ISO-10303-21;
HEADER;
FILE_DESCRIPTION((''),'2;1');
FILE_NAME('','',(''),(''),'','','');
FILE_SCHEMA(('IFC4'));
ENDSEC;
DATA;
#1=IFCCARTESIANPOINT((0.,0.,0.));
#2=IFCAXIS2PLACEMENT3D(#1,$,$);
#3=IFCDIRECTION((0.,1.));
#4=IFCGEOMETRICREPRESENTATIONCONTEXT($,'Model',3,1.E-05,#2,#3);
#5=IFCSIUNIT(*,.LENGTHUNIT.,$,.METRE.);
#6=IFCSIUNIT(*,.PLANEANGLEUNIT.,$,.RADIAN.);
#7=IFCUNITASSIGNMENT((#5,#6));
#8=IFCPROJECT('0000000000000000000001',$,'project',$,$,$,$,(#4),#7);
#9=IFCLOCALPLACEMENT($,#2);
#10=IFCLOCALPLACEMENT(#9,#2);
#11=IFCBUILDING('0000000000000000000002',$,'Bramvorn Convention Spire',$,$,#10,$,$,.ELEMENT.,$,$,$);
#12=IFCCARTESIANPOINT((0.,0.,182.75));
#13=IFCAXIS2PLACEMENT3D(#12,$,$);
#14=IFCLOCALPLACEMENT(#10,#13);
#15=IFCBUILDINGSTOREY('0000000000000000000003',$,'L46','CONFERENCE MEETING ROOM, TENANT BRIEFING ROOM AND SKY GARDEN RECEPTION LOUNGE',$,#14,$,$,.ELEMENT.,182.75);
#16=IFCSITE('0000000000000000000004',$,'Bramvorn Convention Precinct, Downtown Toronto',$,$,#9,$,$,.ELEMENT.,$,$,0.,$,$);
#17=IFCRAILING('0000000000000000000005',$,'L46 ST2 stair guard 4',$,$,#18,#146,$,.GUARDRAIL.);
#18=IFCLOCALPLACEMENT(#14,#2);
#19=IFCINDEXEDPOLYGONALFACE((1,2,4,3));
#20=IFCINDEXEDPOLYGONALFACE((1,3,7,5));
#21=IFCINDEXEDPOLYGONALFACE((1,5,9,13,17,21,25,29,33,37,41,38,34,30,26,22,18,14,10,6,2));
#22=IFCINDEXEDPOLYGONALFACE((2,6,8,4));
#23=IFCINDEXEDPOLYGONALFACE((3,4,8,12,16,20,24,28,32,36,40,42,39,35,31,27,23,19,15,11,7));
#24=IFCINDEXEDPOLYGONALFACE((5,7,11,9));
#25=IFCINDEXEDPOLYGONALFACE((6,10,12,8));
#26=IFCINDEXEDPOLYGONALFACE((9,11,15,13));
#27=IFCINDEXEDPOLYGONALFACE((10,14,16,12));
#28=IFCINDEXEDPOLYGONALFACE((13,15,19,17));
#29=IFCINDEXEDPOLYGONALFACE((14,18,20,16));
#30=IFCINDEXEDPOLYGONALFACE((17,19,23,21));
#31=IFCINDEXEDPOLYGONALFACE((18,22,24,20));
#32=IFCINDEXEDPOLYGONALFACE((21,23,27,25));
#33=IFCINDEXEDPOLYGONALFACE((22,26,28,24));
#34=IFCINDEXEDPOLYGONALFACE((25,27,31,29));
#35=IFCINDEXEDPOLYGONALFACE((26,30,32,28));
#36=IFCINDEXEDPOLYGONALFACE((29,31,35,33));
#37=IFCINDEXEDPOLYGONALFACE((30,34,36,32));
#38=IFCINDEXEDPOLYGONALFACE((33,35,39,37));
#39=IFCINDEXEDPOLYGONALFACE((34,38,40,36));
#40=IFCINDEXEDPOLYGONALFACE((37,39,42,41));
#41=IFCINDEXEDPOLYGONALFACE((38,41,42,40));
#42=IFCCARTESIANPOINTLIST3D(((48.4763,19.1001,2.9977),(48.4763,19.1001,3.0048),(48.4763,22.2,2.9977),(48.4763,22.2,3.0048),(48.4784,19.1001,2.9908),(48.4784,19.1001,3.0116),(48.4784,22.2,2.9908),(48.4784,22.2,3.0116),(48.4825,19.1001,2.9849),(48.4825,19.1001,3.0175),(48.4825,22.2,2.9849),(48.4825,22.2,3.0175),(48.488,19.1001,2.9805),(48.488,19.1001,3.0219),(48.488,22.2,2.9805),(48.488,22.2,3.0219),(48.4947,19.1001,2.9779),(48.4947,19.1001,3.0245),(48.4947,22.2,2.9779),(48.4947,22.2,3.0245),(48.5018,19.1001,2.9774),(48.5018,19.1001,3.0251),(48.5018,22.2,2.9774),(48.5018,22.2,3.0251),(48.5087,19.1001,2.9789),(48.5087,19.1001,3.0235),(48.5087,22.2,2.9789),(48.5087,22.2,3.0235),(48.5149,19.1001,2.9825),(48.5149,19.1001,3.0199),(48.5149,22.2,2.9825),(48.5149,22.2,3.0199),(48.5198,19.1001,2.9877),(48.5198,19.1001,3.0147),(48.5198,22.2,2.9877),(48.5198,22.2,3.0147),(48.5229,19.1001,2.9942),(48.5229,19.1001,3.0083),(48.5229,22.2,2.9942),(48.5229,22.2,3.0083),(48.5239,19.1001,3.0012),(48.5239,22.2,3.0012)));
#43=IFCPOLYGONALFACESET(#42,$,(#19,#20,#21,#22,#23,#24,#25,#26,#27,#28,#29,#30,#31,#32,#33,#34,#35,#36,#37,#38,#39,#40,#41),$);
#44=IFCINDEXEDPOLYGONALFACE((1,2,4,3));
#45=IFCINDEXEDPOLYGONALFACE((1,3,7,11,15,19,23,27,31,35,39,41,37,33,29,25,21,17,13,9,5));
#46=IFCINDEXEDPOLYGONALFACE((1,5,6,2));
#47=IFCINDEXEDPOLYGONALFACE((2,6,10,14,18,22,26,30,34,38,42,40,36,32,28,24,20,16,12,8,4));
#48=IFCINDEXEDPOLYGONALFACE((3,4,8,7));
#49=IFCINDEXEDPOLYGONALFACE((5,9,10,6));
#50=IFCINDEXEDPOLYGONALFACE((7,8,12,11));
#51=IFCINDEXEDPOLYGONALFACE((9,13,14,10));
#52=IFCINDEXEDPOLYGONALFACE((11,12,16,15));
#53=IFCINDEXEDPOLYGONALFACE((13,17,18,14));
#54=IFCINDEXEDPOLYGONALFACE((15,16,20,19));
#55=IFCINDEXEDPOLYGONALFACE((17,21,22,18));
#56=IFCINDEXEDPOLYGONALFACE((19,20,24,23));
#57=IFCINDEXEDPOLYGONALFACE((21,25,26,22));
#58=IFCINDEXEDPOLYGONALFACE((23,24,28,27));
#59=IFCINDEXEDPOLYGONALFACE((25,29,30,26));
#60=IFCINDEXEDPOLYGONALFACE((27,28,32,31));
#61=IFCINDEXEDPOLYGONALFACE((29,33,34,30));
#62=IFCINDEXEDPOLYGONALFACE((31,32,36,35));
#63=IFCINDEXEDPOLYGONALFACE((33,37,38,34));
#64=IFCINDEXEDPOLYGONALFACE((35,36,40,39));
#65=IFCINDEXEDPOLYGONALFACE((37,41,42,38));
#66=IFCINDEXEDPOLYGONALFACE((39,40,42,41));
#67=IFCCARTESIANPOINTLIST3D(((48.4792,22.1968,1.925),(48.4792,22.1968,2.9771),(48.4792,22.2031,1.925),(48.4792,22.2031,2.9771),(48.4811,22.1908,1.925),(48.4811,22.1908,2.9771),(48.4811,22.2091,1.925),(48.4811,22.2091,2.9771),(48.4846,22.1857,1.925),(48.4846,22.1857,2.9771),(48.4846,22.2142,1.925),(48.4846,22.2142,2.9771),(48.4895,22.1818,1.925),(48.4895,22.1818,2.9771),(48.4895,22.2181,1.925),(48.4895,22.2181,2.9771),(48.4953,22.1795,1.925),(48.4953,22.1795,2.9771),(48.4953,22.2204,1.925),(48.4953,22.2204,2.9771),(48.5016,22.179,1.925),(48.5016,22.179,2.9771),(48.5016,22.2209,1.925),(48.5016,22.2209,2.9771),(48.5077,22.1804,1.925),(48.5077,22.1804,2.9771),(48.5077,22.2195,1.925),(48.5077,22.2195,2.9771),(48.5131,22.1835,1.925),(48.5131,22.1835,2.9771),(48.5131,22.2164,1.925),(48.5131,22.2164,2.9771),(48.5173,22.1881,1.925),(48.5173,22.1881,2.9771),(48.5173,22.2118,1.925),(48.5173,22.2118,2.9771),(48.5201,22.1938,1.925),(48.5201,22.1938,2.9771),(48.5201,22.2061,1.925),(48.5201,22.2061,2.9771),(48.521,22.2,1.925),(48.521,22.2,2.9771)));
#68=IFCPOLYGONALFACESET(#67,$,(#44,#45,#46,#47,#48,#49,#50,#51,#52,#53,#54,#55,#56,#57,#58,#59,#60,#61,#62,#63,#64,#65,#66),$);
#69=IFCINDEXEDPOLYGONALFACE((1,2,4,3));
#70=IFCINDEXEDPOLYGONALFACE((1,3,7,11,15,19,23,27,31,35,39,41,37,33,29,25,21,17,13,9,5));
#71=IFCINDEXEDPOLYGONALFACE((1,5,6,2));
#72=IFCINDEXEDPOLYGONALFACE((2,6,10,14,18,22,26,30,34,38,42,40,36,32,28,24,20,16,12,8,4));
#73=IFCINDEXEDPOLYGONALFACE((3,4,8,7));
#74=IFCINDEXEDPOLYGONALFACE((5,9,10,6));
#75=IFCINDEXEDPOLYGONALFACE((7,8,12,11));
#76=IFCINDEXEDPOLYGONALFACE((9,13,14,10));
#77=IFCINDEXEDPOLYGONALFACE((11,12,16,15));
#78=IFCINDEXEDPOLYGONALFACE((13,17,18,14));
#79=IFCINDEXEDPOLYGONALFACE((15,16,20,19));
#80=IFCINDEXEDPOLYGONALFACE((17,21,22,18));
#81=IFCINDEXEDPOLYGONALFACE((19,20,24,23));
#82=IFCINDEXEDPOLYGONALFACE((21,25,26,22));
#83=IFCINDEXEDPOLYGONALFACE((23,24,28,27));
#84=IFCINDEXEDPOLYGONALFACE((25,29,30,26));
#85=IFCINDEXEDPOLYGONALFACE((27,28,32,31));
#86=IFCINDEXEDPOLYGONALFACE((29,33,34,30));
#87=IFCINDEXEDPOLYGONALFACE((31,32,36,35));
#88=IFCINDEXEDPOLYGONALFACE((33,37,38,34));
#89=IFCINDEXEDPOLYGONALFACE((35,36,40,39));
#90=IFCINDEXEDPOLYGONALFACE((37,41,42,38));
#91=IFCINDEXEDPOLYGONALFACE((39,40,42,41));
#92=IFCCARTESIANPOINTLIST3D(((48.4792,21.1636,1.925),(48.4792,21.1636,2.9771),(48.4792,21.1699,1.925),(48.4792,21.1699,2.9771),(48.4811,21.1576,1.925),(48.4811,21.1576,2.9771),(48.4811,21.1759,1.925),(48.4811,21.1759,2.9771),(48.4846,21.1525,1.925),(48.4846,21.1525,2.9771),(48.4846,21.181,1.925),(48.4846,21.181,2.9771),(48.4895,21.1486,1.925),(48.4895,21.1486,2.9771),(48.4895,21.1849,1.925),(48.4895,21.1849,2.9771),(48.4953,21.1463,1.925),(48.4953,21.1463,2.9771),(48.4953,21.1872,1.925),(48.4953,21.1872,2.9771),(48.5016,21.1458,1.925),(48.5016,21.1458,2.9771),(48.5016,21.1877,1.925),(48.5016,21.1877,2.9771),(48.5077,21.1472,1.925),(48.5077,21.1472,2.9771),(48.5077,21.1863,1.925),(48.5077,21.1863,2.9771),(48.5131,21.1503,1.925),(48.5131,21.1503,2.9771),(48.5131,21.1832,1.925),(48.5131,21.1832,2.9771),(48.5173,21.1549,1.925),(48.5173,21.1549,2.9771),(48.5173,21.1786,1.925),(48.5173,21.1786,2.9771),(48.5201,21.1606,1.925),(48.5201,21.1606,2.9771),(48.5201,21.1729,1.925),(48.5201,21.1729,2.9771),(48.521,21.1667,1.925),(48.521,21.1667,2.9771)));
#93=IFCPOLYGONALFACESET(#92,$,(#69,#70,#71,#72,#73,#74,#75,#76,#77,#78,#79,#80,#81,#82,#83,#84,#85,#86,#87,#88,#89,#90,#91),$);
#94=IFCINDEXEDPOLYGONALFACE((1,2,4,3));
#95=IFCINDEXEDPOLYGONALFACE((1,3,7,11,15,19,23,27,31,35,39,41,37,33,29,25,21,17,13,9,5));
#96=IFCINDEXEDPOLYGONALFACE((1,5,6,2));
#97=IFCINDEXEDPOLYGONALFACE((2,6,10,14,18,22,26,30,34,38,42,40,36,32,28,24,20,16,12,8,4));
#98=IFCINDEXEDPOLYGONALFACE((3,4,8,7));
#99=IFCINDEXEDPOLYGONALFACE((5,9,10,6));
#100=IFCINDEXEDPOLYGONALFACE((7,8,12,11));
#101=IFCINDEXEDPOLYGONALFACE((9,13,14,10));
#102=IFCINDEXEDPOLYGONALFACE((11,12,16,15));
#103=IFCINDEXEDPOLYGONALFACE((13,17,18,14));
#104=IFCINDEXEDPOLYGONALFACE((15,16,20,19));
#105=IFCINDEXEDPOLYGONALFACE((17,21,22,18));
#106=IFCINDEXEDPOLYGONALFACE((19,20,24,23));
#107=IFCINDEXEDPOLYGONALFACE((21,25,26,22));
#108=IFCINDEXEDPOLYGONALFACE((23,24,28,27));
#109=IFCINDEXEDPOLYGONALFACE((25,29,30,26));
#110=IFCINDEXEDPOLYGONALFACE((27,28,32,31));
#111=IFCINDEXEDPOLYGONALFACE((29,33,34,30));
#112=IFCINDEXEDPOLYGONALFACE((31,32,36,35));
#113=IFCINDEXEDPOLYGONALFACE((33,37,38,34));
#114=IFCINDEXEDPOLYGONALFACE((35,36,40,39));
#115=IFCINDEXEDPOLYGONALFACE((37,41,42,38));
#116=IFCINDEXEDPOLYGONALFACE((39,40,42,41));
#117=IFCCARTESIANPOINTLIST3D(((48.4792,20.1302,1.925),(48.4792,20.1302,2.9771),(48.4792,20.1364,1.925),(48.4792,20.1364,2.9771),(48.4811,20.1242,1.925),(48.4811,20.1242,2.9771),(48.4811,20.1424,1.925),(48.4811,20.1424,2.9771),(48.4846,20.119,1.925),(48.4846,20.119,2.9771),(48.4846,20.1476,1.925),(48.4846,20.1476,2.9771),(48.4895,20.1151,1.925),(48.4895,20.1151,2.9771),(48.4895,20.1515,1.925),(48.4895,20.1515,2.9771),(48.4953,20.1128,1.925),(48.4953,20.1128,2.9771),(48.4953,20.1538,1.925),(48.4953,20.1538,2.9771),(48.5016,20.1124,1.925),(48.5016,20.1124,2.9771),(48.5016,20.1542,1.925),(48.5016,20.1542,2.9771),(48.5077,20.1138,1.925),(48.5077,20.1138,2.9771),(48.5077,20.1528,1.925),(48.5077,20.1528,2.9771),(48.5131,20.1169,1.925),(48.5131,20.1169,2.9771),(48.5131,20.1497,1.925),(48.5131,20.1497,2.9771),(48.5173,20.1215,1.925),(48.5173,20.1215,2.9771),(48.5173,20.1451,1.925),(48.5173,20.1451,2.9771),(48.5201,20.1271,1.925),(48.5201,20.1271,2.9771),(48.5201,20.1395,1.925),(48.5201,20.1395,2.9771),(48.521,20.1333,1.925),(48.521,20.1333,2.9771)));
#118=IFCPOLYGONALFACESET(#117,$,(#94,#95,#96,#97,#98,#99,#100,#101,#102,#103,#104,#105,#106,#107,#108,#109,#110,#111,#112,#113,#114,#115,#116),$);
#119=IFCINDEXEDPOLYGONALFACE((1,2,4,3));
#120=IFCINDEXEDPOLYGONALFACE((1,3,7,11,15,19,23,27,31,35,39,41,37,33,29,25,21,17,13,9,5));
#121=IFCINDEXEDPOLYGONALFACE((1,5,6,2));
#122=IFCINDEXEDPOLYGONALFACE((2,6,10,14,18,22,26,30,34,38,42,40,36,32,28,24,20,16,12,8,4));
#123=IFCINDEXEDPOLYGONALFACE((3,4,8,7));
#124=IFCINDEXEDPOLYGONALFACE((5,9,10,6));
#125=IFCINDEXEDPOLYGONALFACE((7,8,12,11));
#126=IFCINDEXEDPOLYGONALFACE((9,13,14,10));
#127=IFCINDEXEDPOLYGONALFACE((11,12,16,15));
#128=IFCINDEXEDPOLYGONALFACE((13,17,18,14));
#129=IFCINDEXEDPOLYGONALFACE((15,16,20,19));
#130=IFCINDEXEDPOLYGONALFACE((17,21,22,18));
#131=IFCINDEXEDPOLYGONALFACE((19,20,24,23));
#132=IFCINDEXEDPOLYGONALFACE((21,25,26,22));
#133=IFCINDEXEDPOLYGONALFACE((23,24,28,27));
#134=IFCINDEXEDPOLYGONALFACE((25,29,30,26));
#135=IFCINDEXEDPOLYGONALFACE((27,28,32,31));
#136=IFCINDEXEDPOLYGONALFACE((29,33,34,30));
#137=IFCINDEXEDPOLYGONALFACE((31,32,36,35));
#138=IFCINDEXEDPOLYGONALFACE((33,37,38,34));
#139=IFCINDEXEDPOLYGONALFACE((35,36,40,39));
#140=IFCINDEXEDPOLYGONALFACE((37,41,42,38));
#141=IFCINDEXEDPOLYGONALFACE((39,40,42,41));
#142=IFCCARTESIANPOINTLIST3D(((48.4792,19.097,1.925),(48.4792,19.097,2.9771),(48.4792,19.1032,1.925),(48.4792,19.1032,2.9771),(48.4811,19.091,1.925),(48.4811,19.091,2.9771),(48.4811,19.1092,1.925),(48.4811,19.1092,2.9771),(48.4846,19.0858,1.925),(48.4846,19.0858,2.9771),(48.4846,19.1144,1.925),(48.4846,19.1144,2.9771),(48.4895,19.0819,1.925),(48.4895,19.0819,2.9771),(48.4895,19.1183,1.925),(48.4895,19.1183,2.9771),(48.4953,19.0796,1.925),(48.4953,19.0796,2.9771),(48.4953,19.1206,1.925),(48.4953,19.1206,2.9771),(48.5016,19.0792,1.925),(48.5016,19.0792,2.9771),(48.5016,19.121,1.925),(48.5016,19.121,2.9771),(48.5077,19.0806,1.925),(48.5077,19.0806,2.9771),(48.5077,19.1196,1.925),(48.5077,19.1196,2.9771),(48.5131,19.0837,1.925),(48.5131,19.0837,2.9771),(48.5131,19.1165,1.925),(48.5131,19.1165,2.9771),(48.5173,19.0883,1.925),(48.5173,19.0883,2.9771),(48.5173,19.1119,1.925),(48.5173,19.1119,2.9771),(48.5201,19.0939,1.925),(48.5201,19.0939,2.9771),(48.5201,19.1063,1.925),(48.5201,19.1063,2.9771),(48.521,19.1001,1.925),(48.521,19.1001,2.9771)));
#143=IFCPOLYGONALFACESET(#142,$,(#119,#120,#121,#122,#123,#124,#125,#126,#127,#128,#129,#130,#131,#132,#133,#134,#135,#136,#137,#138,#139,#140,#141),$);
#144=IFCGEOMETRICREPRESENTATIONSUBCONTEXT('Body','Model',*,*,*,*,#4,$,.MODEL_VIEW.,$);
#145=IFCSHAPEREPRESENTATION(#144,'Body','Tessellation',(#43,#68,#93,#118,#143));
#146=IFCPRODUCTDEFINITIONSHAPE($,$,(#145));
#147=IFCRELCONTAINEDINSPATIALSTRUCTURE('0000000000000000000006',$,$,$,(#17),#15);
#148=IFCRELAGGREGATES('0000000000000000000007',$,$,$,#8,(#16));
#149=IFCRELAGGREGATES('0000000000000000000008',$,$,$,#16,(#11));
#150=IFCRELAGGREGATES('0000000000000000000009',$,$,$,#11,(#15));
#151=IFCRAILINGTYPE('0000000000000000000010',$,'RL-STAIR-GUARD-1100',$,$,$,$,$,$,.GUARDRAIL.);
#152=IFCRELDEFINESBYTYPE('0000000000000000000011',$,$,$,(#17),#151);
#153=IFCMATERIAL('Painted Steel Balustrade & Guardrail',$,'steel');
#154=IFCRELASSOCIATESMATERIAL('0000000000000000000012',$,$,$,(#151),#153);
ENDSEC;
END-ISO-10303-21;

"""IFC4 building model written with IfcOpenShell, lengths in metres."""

from ifc_helpers import new_model, si_unit, direction, frame, origin, origin_2d, place, context, subcontext, project, spatial, circle, extrude, material, type_object, element, save


model = new_model("IFC4")

# Units and contexts
model_context = context("Model", 3, precision=1e-05, world=origin(), true_north=direction((0.0, 1.0)))
body_context = subcontext(model_context, "Body", "Model", "MODEL_VIEW")
ifc_project = project(units=[si_unit("LENGTHUNIT", "METRE"), si_unit("PLANEANGLEUNIT", "RADIAN")], contexts=[model_context])

# Site, building, storey
site_placement = place(None, origin())
site = spatial("IfcSite", under=ifc_project, at=site_placement, Name="Bramvorn Convention Precinct, Downtown Toronto", CompositionType="ELEMENT", RefElevation=0.0)
building_placement = place(site_placement, origin())
building = spatial("IfcBuilding", under=site, at=building_placement, Name="Bramvorn Convention Spire", CompositionType="ELEMENT")
storey_placement = place(building_placement, frame((0.0, 0.0, 182.75)))
storey = spatial("IfcBuildingStorey", under=building, at=storey_placement, Name="L46", Description="CONFERENCE MEETING ROOM, TENANT BRIEFING ROOM AND SKY GARDEN RECEPTION LOUNGE", CompositionType="ELEMENT", Elevation=182.75)

# Railing
ifc_material_1 = material(Name="Painted Steel Balustrade & Guardrail", Category="steel")
railing_type_1 = type_object("IfcRailingType", Name="RL-STAIR-GUARD-1100", PredefinedType="GUARDRAIL", material=ifc_material_1)
railing_1_placement = place(storey_placement, frame((48.5, 22.2, 1.925)))
element("IfcRailing", 1, at=railing_1_placement, inside=storey, type_object=railing_type_1, Name="L46 ST2 stair guard 4", PredefinedType="GUARDRAIL", context=body_context, shape_type="SweptSolid", body=[
    extrude(circle(Radius=0.0239, at=origin_2d()), frame((0.0, 0.0, 1.0762), z_axis=(0.0, -1.0, 0.0), x_axis=(1.0, 0.0, 0.0)), (0.0, 0.0, 1.0), 3.0999),
    extrude(circle(Radius=0.021, at=origin_2d()), origin(), (0.0, 0.0, 1.0), 1.052),
    extrude(circle(Radius=0.021, at=origin_2d()), frame((0.0, -1.0332, 0.0)), (0.0, 0.0, 1.0), 1.052),
    extrude(circle(Radius=0.021, at=origin_2d()), frame((0.0, -2.0667, 0.0)), (0.0, 0.0, 1.0), 1.052),
    extrude(circle(Radius=0.021, at=origin_2d()), frame((0.0, -3.0999, 0.0)), (0.0, 0.0, 1.0), 1.052),
])

save(model, "model.ifc")
